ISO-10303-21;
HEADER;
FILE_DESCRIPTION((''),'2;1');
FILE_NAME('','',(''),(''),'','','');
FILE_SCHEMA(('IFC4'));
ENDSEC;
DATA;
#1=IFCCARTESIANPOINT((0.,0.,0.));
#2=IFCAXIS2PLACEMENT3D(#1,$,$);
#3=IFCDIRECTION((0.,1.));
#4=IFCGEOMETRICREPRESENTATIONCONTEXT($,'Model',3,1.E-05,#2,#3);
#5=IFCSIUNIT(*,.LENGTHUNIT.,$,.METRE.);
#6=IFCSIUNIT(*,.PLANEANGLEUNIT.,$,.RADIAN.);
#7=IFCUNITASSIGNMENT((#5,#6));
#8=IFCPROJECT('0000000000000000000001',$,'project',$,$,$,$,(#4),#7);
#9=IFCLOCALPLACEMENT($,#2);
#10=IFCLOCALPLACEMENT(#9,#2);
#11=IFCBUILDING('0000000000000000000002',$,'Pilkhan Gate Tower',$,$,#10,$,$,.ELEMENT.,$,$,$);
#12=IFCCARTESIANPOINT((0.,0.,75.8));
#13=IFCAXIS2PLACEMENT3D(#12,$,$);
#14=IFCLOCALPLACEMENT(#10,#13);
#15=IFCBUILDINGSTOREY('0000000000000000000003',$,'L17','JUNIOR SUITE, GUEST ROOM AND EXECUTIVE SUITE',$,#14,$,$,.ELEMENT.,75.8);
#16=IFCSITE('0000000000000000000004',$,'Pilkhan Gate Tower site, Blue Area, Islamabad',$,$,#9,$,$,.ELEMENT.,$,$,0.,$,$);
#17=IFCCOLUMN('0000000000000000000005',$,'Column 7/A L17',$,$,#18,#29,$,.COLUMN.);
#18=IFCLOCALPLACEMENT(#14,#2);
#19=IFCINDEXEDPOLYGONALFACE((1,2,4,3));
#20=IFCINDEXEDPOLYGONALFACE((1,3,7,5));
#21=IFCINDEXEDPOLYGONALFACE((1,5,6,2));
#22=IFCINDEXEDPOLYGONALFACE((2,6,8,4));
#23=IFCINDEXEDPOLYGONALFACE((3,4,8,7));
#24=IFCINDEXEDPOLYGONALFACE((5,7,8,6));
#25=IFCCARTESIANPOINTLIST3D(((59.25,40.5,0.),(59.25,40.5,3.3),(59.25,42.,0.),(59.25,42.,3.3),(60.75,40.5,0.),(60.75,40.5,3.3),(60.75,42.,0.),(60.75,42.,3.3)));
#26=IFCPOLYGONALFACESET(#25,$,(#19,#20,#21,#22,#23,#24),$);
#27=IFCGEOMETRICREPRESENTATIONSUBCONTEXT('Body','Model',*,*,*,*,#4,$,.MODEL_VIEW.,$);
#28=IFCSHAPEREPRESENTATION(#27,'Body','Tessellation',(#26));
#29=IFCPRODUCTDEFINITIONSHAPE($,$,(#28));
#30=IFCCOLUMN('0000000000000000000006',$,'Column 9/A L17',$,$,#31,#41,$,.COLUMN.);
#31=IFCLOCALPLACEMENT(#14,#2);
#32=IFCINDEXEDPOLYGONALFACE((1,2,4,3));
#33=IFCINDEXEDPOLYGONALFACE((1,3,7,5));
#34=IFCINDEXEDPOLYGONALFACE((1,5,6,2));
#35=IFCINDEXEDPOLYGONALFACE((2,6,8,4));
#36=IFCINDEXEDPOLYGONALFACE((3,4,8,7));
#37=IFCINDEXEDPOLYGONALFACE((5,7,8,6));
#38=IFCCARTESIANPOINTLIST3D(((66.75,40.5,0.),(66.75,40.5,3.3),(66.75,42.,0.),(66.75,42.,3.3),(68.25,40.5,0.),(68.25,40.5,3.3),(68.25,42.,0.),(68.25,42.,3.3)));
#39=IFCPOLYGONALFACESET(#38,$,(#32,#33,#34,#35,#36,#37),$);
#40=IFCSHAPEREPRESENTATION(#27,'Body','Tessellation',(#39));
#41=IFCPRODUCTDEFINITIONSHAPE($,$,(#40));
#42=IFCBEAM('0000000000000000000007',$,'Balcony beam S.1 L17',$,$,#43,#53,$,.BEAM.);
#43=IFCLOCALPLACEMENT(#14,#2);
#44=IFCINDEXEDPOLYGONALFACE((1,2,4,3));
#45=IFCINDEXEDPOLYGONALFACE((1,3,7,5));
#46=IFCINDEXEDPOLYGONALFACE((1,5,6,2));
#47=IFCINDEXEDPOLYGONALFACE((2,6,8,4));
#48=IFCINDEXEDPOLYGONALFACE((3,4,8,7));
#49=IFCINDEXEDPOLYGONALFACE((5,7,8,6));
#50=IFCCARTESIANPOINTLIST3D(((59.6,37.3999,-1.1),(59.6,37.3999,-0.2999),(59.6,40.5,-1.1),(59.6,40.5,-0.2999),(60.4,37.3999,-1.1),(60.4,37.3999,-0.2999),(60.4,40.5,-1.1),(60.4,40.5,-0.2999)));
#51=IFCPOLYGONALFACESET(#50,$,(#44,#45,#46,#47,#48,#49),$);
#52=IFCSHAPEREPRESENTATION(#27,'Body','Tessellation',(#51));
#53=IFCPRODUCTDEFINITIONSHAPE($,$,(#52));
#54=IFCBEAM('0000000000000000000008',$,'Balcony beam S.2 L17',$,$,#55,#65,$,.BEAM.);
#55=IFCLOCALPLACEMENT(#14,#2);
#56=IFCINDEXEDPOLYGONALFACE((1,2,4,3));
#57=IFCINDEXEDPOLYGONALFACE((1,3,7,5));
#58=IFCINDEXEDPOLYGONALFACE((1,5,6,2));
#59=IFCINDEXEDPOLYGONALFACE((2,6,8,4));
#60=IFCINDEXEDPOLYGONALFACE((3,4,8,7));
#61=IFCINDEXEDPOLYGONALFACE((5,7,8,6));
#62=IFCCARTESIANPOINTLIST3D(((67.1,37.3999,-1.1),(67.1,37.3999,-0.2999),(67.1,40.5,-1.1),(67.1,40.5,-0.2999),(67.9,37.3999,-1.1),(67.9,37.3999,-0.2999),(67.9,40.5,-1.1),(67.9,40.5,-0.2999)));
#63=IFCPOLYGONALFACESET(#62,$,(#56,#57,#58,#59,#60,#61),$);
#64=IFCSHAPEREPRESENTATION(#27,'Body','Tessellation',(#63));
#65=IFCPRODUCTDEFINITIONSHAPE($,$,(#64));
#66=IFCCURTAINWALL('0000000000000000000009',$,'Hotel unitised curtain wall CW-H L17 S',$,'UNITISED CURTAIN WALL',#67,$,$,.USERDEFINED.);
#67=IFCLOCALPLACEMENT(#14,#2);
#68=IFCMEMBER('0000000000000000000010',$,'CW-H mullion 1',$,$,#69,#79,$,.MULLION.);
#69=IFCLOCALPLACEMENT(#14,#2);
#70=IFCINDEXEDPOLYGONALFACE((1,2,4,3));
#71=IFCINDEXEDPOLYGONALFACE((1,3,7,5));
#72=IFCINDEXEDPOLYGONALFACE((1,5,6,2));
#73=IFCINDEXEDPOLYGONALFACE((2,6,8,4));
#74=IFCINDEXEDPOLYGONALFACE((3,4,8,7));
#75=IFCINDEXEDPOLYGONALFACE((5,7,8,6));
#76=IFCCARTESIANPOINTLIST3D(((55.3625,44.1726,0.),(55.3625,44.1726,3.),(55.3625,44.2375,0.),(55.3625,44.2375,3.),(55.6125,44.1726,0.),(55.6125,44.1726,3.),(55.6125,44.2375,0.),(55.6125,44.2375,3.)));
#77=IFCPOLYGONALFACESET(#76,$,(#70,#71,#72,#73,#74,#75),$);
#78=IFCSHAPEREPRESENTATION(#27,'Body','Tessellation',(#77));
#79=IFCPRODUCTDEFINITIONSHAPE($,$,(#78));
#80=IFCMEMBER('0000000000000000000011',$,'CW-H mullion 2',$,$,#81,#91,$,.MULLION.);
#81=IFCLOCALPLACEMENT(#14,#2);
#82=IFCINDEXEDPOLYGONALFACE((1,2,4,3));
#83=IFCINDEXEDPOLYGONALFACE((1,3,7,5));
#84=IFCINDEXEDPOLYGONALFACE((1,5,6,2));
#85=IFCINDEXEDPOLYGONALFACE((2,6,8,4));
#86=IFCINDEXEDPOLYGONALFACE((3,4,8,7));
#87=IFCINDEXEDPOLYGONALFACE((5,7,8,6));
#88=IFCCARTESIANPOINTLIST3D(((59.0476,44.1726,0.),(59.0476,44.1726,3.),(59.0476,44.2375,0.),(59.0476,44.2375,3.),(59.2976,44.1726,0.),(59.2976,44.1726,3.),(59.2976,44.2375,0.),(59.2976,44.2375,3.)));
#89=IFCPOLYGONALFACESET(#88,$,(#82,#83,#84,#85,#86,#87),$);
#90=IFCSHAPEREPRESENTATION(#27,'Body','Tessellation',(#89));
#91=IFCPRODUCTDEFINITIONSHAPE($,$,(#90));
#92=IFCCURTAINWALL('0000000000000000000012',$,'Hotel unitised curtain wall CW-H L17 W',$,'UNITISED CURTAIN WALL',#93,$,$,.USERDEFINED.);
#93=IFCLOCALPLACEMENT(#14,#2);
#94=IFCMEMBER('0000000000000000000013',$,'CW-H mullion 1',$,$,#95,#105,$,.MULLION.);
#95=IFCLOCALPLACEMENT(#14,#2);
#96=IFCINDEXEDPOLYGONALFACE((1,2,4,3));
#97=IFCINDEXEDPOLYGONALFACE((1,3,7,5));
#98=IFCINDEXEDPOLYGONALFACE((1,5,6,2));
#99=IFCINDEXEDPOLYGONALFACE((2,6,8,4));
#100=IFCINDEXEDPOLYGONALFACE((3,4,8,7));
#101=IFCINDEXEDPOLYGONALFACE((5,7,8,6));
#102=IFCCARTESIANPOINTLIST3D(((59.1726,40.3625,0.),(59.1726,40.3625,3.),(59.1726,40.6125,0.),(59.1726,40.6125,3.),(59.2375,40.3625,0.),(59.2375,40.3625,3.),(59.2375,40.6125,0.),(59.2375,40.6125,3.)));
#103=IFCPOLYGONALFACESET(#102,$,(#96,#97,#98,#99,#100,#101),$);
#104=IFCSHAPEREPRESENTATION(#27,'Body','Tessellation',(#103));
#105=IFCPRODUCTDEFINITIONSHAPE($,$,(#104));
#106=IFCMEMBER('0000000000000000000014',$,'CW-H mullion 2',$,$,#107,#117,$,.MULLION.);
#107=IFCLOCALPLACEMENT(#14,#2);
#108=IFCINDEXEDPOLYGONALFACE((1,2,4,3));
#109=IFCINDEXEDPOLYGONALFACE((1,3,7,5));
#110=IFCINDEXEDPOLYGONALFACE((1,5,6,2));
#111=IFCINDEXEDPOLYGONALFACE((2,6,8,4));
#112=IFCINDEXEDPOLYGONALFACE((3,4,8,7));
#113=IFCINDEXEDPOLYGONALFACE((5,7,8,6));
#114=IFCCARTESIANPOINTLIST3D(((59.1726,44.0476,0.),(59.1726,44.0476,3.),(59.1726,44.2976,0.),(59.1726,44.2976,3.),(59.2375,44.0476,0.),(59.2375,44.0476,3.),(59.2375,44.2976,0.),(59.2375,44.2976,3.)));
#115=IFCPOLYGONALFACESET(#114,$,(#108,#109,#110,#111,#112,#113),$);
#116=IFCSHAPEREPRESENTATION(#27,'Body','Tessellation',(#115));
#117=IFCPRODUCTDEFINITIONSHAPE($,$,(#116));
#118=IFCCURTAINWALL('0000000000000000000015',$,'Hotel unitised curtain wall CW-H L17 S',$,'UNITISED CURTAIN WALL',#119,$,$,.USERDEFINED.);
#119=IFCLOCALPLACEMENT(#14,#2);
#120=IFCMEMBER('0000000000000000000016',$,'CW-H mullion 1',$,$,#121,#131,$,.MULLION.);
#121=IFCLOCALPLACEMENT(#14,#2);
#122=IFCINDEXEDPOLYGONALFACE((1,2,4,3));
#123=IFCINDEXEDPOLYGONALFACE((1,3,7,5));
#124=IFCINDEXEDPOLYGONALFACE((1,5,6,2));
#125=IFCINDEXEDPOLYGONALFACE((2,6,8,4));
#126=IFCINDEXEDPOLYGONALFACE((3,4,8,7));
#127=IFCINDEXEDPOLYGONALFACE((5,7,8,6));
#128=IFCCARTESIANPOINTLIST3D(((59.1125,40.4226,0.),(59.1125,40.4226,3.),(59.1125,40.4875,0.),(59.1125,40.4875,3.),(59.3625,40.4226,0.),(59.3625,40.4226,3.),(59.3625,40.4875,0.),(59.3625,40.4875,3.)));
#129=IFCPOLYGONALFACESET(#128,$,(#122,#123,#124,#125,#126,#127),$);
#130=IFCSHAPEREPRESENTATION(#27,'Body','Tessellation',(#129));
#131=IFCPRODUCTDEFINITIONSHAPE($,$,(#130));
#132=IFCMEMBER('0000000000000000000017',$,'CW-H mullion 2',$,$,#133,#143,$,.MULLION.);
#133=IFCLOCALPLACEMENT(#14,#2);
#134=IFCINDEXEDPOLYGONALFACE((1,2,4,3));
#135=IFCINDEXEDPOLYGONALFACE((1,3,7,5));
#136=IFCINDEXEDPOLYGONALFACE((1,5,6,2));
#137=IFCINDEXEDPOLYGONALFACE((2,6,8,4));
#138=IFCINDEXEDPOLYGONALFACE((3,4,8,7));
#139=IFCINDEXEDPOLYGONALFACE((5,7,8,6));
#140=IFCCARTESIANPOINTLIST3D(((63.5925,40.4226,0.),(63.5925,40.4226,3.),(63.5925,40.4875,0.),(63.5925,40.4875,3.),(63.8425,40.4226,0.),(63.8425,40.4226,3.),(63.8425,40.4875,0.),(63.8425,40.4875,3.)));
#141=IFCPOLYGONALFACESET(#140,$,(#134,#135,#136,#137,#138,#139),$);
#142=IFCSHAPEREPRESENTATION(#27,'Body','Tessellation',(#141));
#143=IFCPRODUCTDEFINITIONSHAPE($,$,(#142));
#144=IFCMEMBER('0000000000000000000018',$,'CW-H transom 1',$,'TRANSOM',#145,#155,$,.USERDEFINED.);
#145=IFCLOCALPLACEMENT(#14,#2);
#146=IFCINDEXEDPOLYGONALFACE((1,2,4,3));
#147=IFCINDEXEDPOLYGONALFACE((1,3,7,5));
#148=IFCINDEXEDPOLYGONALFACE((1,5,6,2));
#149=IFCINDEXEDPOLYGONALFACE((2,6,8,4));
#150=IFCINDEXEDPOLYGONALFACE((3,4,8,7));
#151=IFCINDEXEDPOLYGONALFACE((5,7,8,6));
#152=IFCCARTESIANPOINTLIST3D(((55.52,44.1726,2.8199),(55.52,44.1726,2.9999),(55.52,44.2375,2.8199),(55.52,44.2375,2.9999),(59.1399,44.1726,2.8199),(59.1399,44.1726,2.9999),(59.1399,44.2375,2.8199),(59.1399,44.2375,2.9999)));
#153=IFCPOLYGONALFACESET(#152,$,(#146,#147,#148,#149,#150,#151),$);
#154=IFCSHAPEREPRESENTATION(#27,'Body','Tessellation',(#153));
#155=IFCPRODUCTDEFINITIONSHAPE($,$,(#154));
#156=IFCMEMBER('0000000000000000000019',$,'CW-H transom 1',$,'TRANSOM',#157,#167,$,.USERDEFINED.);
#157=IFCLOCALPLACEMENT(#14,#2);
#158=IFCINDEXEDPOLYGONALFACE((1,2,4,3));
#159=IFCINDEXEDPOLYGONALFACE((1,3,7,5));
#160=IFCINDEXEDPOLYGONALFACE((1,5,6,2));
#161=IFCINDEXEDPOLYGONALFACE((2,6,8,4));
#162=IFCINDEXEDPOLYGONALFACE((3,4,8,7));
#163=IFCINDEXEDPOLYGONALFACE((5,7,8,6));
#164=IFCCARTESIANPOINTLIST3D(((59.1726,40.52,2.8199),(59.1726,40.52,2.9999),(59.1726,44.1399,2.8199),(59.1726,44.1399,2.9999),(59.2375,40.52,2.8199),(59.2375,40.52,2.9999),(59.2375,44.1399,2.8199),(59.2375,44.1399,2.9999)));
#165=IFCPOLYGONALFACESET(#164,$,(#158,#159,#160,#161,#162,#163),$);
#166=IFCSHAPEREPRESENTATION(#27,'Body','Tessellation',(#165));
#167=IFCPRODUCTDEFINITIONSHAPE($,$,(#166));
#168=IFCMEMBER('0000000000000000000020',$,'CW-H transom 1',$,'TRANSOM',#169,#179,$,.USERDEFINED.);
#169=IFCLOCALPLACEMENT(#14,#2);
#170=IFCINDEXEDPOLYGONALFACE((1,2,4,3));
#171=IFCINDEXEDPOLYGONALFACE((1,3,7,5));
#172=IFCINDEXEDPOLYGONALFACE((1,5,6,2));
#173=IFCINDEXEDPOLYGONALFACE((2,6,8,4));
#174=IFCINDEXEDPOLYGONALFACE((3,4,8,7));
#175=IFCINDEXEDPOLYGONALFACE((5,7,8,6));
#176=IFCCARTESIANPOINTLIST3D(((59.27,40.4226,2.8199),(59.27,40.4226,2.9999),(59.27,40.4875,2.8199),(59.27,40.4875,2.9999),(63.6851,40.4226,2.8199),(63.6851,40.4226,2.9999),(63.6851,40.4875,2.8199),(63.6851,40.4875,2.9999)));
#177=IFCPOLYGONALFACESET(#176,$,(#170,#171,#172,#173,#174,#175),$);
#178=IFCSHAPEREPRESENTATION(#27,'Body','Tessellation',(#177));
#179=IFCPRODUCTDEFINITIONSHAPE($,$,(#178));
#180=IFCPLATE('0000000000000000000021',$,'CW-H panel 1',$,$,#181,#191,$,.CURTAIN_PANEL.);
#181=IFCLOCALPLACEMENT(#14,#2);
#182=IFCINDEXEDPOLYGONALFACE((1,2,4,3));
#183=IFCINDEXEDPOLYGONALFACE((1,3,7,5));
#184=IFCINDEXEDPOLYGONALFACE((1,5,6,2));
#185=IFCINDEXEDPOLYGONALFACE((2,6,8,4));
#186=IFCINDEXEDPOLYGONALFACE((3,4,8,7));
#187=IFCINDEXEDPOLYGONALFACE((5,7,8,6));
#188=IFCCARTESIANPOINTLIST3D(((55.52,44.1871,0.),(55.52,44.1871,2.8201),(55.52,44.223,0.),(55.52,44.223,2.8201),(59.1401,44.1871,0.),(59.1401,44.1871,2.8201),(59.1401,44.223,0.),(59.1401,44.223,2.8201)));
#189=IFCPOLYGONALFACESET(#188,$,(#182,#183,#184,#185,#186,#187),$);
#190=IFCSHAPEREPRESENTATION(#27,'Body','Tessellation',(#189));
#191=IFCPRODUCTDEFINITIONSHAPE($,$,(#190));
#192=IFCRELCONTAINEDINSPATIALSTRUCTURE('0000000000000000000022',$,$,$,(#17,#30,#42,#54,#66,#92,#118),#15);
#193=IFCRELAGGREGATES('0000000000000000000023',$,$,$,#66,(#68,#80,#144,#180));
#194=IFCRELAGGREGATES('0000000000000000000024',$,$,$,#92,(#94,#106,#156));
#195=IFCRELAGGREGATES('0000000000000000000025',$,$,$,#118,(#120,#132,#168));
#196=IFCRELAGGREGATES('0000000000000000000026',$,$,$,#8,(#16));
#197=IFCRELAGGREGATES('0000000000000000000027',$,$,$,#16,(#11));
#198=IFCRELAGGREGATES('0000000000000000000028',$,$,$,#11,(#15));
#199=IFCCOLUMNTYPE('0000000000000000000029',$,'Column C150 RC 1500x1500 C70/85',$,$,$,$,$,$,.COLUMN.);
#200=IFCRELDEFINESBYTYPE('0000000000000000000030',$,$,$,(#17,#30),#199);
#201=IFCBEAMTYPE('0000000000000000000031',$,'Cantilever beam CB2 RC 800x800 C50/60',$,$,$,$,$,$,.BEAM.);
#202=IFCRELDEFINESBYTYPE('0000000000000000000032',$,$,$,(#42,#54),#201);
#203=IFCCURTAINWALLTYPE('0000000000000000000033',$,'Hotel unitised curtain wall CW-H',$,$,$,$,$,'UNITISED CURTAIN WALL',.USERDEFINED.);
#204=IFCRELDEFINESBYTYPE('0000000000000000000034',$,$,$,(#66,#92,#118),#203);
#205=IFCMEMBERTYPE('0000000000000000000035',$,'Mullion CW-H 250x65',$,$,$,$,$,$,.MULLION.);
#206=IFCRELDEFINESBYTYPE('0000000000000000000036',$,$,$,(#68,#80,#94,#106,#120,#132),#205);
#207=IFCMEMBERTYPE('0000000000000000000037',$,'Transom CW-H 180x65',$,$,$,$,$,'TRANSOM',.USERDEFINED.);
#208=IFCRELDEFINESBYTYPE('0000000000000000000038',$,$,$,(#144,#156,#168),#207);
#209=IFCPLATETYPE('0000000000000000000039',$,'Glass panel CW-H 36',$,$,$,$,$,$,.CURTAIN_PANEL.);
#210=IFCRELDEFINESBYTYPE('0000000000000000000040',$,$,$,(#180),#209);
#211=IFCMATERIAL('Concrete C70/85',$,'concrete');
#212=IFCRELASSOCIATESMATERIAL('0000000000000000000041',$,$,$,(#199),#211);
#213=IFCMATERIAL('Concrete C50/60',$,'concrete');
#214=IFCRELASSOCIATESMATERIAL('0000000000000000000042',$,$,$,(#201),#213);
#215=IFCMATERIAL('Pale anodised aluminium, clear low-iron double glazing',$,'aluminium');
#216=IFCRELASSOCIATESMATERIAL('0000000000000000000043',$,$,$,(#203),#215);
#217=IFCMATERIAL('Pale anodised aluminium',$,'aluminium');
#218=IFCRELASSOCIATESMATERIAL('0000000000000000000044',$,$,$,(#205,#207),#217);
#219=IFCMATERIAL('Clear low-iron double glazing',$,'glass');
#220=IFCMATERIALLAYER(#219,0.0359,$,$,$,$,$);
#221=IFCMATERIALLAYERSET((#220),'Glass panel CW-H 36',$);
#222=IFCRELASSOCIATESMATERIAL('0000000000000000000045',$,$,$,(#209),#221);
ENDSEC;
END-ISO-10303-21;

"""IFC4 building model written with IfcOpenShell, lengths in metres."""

from ifc_helpers import new_model, si_unit, direction, frame, origin, origin_2d, place, context, subcontext, project, spatial, rectangle, extrude, material, layer, layer_set, material_profile, profile_set, type_object, element, aggregate, save


model = new_model("IFC4")

# Units and contexts
model_context = context("Model", 3, precision=1e-05, world=origin(), true_north=direction((0.0, 1.0)))
body_context = subcontext(model_context, "Body", "Model", "MODEL_VIEW")
ifc_project = project(units=[si_unit("LENGTHUNIT", "METRE"), si_unit("PLANEANGLEUNIT", "RADIAN")], contexts=[model_context])

# Site, building, storey
site_placement = place(None, origin())
site = spatial("IfcSite", under=ifc_project, at=site_placement, Name="Pilkhan Gate Tower site, Blue Area, Islamabad", CompositionType="ELEMENT", RefElevation=0.0)
building_placement = place(site_placement, origin())
building = spatial("IfcBuilding", under=site, at=building_placement, Name="Pilkhan Gate Tower", CompositionType="ELEMENT")
storey_placement = place(building_placement, frame((0.0, 0.0, 75.8)))
storey = spatial("IfcBuildingStorey", under=building, at=storey_placement, Name="L17", Description="JUNIOR SUITE, GUEST ROOM AND EXECUTIVE SUITE", CompositionType="ELEMENT", Elevation=75.8)

# Columns
ifc_material_1 = material(Name="Concrete C70/85", Category="concrete")
ifc_material_profile_1 = material_profile(ifc_material_1, rectangle(XDim=1.5, YDim=1.5, at=origin_2d()), Name="RC 1500x1500")
ifc_profile_set_1 = profile_set([ifc_material_profile_1], Name="Concrete C70/85")
column_type = type_object("IfcColumnType", Name="Column C150 RC 1500x1500 C70/85", PredefinedType="COLUMN", material=ifc_profile_set_1)
for number, where, z_axis, x_axis, name in (
    (1, (60.0, 41.25, 0.0), (0.0, 0.0, 1.0), (1.0, 0.0, 0.0), "Column 7/A L17"),
    (2, (67.5, 41.25, 0.0), (0.0, 0.0, 1.0), (1.0, 0.0, 0.0), "Column 9/A L17"),
):
    element("IfcColumn", number, at=place(storey_placement, frame(where, z_axis=z_axis, x_axis=x_axis)), inside=storey, type_object=column_type, Name=name, PredefinedType="COLUMN", context=body_context, shape_type="SweptSolid", body=[
        extrude(rectangle(XDim=1.5, YDim=1.5, at=origin_2d()), origin(), (0.0, 0.0, 1.0), 3.3),
    ])

# Beams
ifc_material_2 = material(Name="Concrete C50/60", Category="concrete")
ifc_material_profile_2 = material_profile(ifc_material_2, rectangle(XDim=0.8, YDim=0.8, at=origin_2d()), Name="RC 800x800")
ifc_profile_set_2 = profile_set([ifc_material_profile_2], Name="Concrete C50/60")
beam_type = type_object("IfcBeamType", Name="Cantilever beam CB2 RC 800x800 C50/60", PredefinedType="BEAM", material=ifc_profile_set_2)
for number, where, z_axis, x_axis, name in (
    (3, (60.0, 40.5, -0.7), (0.0, -1.0, 0.0), (1.0, 0.0, 0.0), "Balcony beam S.1 L17"),
    (4, (67.5, 40.5, -0.7), (0.0, -1.0, 0.0), (1.0, 0.0, 0.0), "Balcony beam S.2 L17"),
):
    element("IfcBeam", number, at=place(storey_placement, frame(where, z_axis=z_axis, x_axis=x_axis)), inside=storey, type_object=beam_type, Name=name, PredefinedType="BEAM", context=body_context, shape_type="SweptSolid", body=[
        extrude(rectangle(XDim=0.8, YDim=0.8, at=origin_2d()), origin(), (0.0, 0.0, 1.0), 3.1001),
    ])

# Curtain walls, members
ifc_material_3 = material(Name="Pale anodised aluminium, clear low-iron double glazing", Category="aluminium")
curtain_wall_type = type_object("IfcCurtainWallType", Name="Hotel unitised curtain wall CW-H", ElementType="UNITISED CURTAIN WALL", PredefinedType="USERDEFINED", material=ifc_material_3)
curtain_wall_1_placement = place(storey_placement, origin())
curtain_wall_1 = element("IfcCurtainWall", 5, at=curtain_wall_1_placement, inside=storey, type_object=curtain_wall_type, Name="Hotel unitised curtain wall CW-H L17 S", ObjectType="UNITISED CURTAIN WALL", PredefinedType="USERDEFINED")
ifc_material_4 = material(Name="Pale anodised aluminium", Category="aluminium")
ifc_material_profile_3 = material_profile(ifc_material_4, rectangle(XDim=0.0649, YDim=0.25, at=origin_2d()), Name="Mullion 250x65")
ifc_profile_set_3 = profile_set([ifc_material_profile_3], Name="Pale anodised aluminium")
member_type_1 = type_object("IfcMemberType", Name="Mullion CW-H 250x65", PredefinedType="MULLION", material=ifc_profile_set_3)
member_1_placement = place(storey_placement, frame((55.4875, 44.2051, 0.0), z_axis=(0.0, 0.0, 1.0), x_axis=(0.0, 1.0, 0.0)))
member_1 = element("IfcMember", 6, at=member_1_placement, type_object=member_type_1, Name="CW-H mullion 1", PredefinedType="MULLION", context=body_context, shape_type="SweptSolid", body=[
    extrude(rectangle(XDim=0.0649, YDim=0.25, at=origin_2d()), origin(), (0.0, 0.0, 1.0), 3.0),
])
member_2_placement = place(storey_placement, frame((59.1726, 44.2051, 0.0), z_axis=(0.0, 0.0, 1.0), x_axis=(0.0, 1.0, 0.0)))
member_2 = element("IfcMember", 7, at=member_2_placement, type_object=member_type_1, Name="CW-H mullion 2", PredefinedType="MULLION", context=body_context, shape_type="SweptSolid", body=[
    extrude(rectangle(XDim=0.0649, YDim=0.25, at=origin_2d()), origin(), (0.0, 0.0, 1.0), 3.0),
])
curtain_wall_2_placement = place(storey_placement, origin())
curtain_wall_2 = element("IfcCurtainWall", 8, at=curtain_wall_2_placement, inside=storey, type_object=curtain_wall_type, Name="Hotel unitised curtain wall CW-H L17 W", ObjectType="UNITISED CURTAIN WALL", PredefinedType="USERDEFINED")
member_3_placement = place(storey_placement, frame((59.2051, 40.4875, 0.0), z_axis=(0.0, 0.0, 1.0), x_axis=(-1.0, 0.0, 0.0)))
member_3 = element("IfcMember", 9, at=member_3_placement, type_object=member_type_1, Name="CW-H mullion 1", PredefinedType="MULLION", context=body_context, shape_type="SweptSolid", body=[
    extrude(rectangle(XDim=0.0649, YDim=0.25, at=origin_2d()), origin(), (0.0, 0.0, 1.0), 3.0),
])
member_4_placement = place(storey_placement, frame((59.2051, 44.1726, 0.0), z_axis=(0.0, 0.0, 1.0), x_axis=(-1.0, 0.0, 0.0)))
member_4 = element("IfcMember", 10, at=member_4_placement, type_object=member_type_1, Name="CW-H mullion 2", PredefinedType="MULLION", context=body_context, shape_type="SweptSolid", body=[
    extrude(rectangle(XDim=0.0649, YDim=0.25, at=origin_2d()), origin(), (0.0, 0.0, 1.0), 3.0),
])
curtain_wall_3_placement = place(storey_placement, origin())
curtain_wall_3 = element("IfcCurtainWall", 11, at=curtain_wall_3_placement, inside=storey, type_object=curtain_wall_type, Name="Hotel unitised curtain wall CW-H L17 S", ObjectType="UNITISED CURTAIN WALL", PredefinedType="USERDEFINED")
member_5_placement = place(storey_placement, frame((59.2375, 40.4551, 0.0), z_axis=(0.0, 0.0, 1.0), x_axis=(0.0, 1.0, 0.0)))
member_5 = element("IfcMember", 12, at=member_5_placement, type_object=member_type_1, Name="CW-H mullion 1", PredefinedType="MULLION", context=body_context, shape_type="SweptSolid", body=[
    extrude(rectangle(XDim=0.0649, YDim=0.25, at=origin_2d()), origin(), (0.0, 0.0, 1.0), 3.0),
])
member_6_placement = place(storey_placement, frame((63.7175, 40.4551, 0.0), z_axis=(0.0, 0.0, 1.0), x_axis=(0.0, 1.0, 0.0)))
member_6 = element("IfcMember", 13, at=member_6_placement, type_object=member_type_1, Name="CW-H mullion 2", PredefinedType="MULLION", context=body_context, shape_type="SweptSolid", body=[
    extrude(rectangle(XDim=0.0649, YDim=0.25, at=origin_2d()), origin(), (0.0, 0.0, 1.0), 3.0),
])

# Members
ifc_material_profile_4 = material_profile(ifc_material_4, rectangle(XDim=0.0649, YDim=0.1799, at=origin_2d()), Name="Transom 180x65")
ifc_profile_set_4 = profile_set([ifc_material_profile_4], Name="Pale anodised aluminium")
member_type_2 = type_object("IfcMemberType", Name="Transom CW-H 180x65", ElementType="TRANSOM", PredefinedType="USERDEFINED", material=ifc_profile_set_4)
member_7_placement = place(storey_placement, frame((55.52, 44.2051, 2.9099), z_axis=(1.0, 0.0, 0.0), x_axis=(0.0, 1.0, 0.0)))
member_7 = element("IfcMember", 14, at=member_7_placement, type_object=member_type_2, Name="CW-H transom 1", ObjectType="TRANSOM", PredefinedType="USERDEFINED", context=body_context, shape_type="SweptSolid", body=[
    extrude(rectangle(XDim=0.0649, YDim=0.1799, at=origin_2d()), origin(), (0.0, 0.0, 1.0), 3.6199),
])
member_8_placement = place(storey_placement, frame((59.2051, 40.52, 2.9099), z_axis=(0.0, 1.0, 0.0), x_axis=(-1.0, 0.0, 0.0)))
member_8 = element("IfcMember", 15, at=member_8_placement, type_object=member_type_2, Name="CW-H transom 1", ObjectType="TRANSOM", PredefinedType="USERDEFINED", context=body_context, shape_type="SweptSolid", body=[
    extrude(rectangle(XDim=0.0649, YDim=0.1799, at=origin_2d()), origin(), (0.0, 0.0, 1.0), 3.6199),
])
member_9_placement = place(storey_placement, frame((59.27, 40.4551, 2.9099), z_axis=(1.0, 0.0, 0.0), x_axis=(0.0, 1.0, 0.0)))
member_9 = element("IfcMember", 16, at=member_9_placement, type_object=member_type_2, Name="CW-H transom 1", ObjectType="TRANSOM", PredefinedType="USERDEFINED", context=body_context, shape_type="SweptSolid", body=[
    extrude(rectangle(XDim=0.0649, YDim=0.1799, at=origin_2d()), origin(), (0.0, 0.0, 1.0), 4.415),
])

# Plate
ifc_material_5 = material(Name="Clear low-iron double glazing", Category="glass")
ifc_layer_1 = layer(ifc_material_5, 0.0359)
ifc_layer_set_1 = layer_set([ifc_layer_1], Name="Glass panel CW-H 36")
plate_type = type_object("IfcPlateType", Name="Glass panel CW-H 36", PredefinedType="CURTAIN_PANEL", material=ifc_layer_set_1)
plate_1_placement = place(storey_placement, frame((57.3301, 44.2051, 0.0), z_axis=(0.0, 0.0, 1.0), x_axis=(1.0, 0.0, 0.0)))
plate_1 = element("IfcPlate", 17, at=plate_1_placement, type_object=plate_type, Name="CW-H panel 1", PredefinedType="CURTAIN_PANEL", context=body_context, shape_type="SweptSolid", body=[
    extrude(rectangle(XDim=3.6201, YDim=0.0359, at=origin_2d()), origin(), (0.0, 0.0, 1.0), 2.8201),
])
aggregate(curtain_wall_1, [member_1, member_2, member_7, plate_1])
aggregate(curtain_wall_2, [member_3, member_4, member_8])
aggregate(curtain_wall_3, [member_5, member_6, member_9])

save(model, "model.ifc")
